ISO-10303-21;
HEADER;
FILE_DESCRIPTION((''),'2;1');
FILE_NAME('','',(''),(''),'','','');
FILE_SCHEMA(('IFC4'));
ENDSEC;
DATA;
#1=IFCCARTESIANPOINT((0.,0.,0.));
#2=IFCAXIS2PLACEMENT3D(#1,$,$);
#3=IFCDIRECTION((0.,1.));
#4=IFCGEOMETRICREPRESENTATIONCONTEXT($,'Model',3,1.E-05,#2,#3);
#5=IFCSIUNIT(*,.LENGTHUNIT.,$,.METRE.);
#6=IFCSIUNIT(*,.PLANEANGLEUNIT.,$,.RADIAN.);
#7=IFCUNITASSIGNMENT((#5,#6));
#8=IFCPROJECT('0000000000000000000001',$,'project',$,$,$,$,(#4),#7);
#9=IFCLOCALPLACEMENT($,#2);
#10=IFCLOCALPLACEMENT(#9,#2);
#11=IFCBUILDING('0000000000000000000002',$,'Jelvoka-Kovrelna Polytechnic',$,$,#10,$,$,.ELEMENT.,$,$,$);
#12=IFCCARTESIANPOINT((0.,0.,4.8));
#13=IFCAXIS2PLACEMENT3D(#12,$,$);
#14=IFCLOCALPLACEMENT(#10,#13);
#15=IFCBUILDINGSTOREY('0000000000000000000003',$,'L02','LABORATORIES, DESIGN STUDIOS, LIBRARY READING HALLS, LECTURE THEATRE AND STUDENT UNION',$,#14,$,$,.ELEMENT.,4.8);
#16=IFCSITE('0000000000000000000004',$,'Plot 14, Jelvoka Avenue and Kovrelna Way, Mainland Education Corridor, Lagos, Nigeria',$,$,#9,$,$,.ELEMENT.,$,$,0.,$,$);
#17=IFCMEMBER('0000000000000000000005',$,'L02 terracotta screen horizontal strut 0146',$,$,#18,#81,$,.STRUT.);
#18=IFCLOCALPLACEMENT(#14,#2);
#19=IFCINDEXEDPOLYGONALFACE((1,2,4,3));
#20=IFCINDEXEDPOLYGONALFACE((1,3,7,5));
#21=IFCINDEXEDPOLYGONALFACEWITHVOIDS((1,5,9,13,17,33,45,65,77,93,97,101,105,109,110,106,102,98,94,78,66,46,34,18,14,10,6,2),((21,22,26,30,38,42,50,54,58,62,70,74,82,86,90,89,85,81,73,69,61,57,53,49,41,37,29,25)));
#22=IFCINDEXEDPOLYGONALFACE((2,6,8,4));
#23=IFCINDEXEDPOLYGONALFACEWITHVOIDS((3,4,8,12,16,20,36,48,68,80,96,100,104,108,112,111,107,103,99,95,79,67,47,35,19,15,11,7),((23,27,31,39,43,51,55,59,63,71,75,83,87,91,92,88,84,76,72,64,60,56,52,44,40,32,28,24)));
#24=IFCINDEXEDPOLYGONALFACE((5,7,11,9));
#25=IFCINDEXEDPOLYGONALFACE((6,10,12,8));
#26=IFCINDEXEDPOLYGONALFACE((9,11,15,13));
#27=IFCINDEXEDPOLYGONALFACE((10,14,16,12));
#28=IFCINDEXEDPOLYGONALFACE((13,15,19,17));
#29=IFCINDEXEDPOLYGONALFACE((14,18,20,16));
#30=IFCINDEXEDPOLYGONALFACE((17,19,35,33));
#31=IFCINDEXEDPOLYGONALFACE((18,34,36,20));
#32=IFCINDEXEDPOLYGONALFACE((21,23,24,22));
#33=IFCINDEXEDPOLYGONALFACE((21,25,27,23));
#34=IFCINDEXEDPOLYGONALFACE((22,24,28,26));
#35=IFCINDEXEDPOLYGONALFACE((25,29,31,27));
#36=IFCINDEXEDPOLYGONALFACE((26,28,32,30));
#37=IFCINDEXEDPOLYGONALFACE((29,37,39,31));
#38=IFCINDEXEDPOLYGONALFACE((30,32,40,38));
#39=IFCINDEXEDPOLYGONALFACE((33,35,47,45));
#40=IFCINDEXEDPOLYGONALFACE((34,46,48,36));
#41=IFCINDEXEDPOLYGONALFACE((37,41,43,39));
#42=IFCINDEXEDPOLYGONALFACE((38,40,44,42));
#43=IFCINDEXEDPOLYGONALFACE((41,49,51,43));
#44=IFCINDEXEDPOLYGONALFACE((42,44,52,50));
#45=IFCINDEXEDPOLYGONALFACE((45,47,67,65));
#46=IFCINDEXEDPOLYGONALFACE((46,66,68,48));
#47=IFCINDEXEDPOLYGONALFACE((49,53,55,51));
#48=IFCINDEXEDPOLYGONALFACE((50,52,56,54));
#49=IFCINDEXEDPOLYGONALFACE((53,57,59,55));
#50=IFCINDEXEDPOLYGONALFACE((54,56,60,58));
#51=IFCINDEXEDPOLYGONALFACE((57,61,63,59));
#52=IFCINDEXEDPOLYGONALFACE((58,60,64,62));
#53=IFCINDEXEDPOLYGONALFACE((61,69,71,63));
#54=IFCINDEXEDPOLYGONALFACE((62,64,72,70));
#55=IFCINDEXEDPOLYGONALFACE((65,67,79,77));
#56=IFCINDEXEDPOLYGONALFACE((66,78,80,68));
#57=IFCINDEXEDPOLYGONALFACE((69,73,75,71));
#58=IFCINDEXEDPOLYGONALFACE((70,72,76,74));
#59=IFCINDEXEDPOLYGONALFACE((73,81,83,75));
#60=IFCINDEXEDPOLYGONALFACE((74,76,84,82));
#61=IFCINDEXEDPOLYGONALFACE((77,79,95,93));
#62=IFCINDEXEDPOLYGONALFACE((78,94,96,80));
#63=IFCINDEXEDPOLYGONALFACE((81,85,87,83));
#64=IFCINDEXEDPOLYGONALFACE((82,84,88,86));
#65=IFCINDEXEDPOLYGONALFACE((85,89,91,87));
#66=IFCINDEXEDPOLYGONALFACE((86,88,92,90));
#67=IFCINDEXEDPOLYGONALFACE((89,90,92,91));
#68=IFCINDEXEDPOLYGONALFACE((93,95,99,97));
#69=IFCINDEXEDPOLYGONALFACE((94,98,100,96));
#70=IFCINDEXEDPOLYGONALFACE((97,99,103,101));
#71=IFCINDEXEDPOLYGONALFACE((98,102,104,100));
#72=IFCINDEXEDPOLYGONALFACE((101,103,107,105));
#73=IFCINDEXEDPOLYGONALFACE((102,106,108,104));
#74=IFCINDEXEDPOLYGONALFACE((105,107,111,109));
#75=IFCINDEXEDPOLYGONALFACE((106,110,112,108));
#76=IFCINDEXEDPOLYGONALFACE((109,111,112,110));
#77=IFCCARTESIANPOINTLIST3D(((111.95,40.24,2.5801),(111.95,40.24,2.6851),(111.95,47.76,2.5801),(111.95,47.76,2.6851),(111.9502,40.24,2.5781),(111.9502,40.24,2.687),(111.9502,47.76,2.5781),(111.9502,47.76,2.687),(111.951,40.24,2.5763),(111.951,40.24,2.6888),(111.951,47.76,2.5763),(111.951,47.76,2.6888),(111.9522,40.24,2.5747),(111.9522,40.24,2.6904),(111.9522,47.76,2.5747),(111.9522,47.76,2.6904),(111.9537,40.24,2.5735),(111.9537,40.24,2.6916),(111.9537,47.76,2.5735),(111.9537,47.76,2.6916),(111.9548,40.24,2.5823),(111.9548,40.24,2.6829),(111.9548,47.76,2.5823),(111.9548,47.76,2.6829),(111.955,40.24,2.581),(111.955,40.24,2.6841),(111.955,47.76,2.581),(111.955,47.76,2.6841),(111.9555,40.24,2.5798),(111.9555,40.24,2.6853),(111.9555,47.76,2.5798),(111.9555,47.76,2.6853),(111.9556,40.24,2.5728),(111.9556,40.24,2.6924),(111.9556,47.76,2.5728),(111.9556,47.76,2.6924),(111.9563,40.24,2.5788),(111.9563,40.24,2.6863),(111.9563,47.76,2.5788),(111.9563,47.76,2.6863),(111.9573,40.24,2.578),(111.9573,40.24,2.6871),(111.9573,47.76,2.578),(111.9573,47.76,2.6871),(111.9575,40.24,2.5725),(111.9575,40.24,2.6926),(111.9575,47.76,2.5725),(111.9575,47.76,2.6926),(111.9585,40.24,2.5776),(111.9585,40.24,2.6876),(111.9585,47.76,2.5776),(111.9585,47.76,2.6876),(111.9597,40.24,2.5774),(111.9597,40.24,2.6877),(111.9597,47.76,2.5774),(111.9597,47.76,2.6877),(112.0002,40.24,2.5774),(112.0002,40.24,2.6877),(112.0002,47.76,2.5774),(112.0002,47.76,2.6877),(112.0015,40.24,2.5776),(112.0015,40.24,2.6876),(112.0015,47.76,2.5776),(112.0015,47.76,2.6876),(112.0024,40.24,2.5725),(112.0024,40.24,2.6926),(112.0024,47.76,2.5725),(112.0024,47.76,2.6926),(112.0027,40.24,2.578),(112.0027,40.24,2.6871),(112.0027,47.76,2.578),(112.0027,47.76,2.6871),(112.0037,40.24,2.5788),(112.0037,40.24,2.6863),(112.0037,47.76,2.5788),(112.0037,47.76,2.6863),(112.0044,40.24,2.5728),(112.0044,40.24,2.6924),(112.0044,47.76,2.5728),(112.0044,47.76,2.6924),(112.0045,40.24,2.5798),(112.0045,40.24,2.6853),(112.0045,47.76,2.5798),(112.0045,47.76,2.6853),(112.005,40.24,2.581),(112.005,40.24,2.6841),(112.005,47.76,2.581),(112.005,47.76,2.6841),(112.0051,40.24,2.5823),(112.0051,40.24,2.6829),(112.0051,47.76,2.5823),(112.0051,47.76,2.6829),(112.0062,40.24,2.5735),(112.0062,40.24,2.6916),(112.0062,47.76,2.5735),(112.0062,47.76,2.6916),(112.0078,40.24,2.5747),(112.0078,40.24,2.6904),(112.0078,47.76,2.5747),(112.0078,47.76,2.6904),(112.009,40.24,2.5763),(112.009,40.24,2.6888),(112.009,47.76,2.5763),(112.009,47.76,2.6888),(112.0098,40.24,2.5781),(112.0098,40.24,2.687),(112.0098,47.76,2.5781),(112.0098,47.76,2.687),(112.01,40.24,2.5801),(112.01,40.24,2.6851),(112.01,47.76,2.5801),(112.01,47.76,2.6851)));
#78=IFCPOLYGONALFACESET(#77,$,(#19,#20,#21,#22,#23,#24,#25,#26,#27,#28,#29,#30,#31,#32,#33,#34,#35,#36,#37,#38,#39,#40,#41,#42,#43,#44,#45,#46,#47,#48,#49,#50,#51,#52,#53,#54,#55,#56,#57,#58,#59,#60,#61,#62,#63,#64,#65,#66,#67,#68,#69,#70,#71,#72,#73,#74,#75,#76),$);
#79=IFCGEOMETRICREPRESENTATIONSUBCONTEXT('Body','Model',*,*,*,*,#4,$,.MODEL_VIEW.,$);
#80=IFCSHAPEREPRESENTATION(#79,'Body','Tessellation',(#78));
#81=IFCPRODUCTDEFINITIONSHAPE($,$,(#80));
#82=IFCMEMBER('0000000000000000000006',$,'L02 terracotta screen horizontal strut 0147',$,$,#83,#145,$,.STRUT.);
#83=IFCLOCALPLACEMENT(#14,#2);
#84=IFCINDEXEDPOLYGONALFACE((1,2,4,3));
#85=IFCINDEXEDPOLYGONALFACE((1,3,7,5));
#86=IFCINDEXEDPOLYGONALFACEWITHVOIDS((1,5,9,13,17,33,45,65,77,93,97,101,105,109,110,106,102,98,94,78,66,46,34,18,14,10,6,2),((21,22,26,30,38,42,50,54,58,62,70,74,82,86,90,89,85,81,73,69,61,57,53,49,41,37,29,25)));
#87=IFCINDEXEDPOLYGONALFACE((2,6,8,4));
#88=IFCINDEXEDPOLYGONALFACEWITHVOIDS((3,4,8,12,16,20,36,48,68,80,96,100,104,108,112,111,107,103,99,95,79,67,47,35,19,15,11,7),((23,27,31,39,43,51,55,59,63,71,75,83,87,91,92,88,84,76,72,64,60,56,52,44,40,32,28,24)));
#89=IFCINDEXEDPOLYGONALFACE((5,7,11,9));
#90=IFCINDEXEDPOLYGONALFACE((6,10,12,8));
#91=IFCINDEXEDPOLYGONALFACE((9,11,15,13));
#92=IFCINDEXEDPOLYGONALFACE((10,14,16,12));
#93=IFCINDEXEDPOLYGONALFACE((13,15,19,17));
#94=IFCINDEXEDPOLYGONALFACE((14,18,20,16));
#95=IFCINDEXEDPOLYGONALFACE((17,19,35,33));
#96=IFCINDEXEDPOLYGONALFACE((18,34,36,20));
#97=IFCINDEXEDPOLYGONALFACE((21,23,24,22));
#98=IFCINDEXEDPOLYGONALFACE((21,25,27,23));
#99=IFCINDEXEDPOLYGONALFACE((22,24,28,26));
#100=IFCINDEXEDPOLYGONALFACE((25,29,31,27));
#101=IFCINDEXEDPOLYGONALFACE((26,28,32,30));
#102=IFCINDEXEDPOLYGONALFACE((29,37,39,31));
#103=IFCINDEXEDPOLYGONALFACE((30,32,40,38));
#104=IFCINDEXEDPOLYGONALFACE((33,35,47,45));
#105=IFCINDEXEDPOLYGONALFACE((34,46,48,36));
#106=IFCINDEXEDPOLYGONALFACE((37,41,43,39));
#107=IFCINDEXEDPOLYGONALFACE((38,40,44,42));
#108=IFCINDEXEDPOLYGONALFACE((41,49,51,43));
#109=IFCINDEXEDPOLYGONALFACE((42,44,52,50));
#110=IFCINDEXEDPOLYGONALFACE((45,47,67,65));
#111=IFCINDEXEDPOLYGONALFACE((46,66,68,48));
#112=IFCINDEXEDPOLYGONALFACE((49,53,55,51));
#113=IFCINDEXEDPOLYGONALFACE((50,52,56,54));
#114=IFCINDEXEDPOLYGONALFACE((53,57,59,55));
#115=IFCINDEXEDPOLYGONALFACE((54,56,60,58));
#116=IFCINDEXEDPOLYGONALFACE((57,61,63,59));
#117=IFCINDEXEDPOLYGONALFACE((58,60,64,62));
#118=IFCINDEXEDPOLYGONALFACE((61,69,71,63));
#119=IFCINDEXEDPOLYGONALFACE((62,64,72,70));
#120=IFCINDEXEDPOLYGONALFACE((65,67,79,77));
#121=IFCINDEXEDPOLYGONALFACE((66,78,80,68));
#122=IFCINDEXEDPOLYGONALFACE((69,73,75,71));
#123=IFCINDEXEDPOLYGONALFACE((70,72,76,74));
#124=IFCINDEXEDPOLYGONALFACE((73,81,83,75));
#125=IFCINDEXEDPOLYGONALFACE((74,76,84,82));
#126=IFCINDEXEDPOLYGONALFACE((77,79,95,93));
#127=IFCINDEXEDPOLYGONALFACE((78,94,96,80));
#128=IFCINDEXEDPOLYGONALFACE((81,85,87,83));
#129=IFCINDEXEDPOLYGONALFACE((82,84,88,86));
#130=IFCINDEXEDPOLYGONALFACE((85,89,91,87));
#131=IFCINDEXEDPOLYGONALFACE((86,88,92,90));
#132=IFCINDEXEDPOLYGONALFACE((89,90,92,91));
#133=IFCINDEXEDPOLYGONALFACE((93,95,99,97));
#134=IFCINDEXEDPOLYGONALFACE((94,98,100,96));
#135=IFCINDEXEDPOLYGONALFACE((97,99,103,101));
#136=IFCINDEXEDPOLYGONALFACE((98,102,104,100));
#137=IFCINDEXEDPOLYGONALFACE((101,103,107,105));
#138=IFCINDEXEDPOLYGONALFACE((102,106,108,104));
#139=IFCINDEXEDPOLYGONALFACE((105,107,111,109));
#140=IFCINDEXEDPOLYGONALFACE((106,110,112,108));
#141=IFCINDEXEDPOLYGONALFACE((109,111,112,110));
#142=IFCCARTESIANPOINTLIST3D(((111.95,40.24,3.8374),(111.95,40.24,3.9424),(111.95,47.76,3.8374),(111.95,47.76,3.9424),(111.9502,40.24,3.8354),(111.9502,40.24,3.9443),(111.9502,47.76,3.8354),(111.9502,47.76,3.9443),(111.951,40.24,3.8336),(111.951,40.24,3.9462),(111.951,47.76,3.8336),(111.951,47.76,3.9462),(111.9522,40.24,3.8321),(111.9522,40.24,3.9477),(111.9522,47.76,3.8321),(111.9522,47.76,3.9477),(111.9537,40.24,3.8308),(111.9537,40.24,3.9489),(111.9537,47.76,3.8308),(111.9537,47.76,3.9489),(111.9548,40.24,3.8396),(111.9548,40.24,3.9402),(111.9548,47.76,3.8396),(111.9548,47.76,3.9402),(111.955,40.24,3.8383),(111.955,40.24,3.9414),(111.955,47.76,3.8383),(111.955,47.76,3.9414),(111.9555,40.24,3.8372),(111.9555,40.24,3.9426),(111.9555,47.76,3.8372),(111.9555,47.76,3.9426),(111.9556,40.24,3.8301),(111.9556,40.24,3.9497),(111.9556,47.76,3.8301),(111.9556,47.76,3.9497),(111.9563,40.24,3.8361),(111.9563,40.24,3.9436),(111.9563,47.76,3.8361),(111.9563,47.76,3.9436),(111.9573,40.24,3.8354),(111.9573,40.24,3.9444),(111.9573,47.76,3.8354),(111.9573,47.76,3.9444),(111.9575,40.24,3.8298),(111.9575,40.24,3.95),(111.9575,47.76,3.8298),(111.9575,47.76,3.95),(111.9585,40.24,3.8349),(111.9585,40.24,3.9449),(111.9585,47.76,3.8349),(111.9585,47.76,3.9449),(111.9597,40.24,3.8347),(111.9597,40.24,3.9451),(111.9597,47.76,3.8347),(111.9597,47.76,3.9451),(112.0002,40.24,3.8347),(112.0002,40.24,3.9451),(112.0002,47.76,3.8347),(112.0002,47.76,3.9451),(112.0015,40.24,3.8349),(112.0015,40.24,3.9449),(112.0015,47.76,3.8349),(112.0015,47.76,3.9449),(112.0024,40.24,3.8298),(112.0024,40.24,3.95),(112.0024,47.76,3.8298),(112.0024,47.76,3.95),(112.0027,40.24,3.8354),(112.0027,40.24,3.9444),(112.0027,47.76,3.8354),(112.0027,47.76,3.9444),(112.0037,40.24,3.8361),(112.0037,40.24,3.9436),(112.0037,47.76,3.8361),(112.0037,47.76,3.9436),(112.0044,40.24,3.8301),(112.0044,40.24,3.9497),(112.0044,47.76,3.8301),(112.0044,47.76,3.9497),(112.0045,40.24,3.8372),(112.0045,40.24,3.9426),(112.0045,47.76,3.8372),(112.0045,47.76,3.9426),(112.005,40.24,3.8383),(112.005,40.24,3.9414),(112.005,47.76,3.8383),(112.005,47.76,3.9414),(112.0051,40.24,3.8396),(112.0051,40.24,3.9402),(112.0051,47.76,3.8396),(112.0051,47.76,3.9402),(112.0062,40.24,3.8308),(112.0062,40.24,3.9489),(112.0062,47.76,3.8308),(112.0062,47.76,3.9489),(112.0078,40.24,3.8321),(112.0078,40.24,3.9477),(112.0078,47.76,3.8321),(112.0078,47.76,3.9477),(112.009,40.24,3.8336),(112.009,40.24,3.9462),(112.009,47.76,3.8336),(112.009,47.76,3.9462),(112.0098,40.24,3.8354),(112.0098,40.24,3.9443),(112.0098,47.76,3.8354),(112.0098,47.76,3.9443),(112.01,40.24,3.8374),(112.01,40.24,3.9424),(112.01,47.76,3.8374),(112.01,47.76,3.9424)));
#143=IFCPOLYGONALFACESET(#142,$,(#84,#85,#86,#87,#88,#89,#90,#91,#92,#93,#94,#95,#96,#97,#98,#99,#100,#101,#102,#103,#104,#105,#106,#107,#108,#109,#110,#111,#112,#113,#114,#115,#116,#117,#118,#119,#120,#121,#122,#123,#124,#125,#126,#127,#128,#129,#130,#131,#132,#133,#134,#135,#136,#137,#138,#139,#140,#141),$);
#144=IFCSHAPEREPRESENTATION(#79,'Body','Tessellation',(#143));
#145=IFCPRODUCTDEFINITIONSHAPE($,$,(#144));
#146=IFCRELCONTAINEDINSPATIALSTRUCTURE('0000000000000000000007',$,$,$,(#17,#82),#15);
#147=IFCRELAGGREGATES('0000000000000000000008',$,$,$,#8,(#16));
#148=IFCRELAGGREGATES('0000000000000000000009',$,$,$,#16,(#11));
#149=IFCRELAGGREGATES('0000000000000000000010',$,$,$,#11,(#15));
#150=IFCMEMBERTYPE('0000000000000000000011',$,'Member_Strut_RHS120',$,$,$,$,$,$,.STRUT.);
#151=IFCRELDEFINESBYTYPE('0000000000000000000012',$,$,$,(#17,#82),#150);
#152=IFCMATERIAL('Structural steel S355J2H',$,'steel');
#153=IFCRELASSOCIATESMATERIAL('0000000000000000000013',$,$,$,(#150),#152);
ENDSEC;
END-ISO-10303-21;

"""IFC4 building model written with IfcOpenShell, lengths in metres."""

from ifc_helpers import new_model, si_unit, direction, frame, origin, origin_2d, place, context, subcontext, project, spatial, hollow_rectangle, extrude, material, material_profile, profile_set, type_object, element, save


model = new_model("IFC4")

# Units and contexts
model_context = context("Model", 3, precision=1e-05, world=origin(), true_north=direction((0.0, 1.0)))
body_context = subcontext(model_context, "Body", "Model", "MODEL_VIEW")
ifc_project = project(units=[si_unit("LENGTHUNIT", "METRE"), si_unit("PLANEANGLEUNIT", "RADIAN")], contexts=[model_context])

# Site, building, storey
site_placement = place(None, origin())
site = spatial("IfcSite", under=ifc_project, at=site_placement, Name="Plot 14, Jelvoka Avenue and Kovrelna Way, Mainland Education Corridor, Lagos, Nigeria", CompositionType="ELEMENT", RefElevation=0.0)
building_placement = place(site_placement, origin())
building = spatial("IfcBuilding", under=site, at=building_placement, Name="Jelvoka-Kovrelna Polytechnic", CompositionType="ELEMENT")
storey_placement = place(building_placement, frame((0.0, 0.0, 4.8)))
storey = spatial("IfcBuildingStorey", under=building, at=storey_placement, Name="L02", Description="LABORATORIES, DESIGN STUDIOS, LIBRARY READING HALLS, LECTURE THEATRE AND STUDENT UNION", CompositionType="ELEMENT", Elevation=4.8)

# Members
ifc_material_1 = material(Name="Structural steel S355J2H", Category="steel")
ifc_material_profile_1 = material_profile(ifc_material_1, hollow_rectangle(XDim=0.0601, YDim=0.1201, WallThickness=0.0049, InnerFilletRadius=0.0049, OuterFilletRadius=0.0076, at=origin_2d()), Name="120x60x5.0 RHS")
ifc_profile_set_1 = profile_set([ifc_material_profile_1], Name="Structural steel S355J2H")
member_type_1 = type_object("IfcMemberType", Name="Member_Strut_RHS120", PredefinedType="STRUT", material=ifc_profile_set_1)
for number, where, z_axis, x_axis, name in (
    (1, (111.98, 40.24, 2.6326), (0.0, 1.0, 0.0), (-1.0, 0.0, 0.0), "L02 terracotta screen horizontal strut 0146"),
    (2, (111.98, 40.24, 3.8899), (0.0, 1.0, 0.0), (-1.0, 0.0, 0.0), "L02 terracotta screen horizontal strut 0147"),
):
    element("IfcMember", number, at=place(storey_placement, frame(where, z_axis=z_axis, x_axis=x_axis)), inside=storey, type_object=member_type_1, Name=name, PredefinedType="STRUT", context=body_context, shape_type="SweptSolid", body=[
        extrude(hollow_rectangle(XDim=0.0601, YDim=0.1201, WallThickness=0.0049, InnerFilletRadius=0.0049, OuterFilletRadius=0.0076, at=origin_2d()), origin(), (0.0, 0.0, 1.0), 7.52),
    ])

save(model, "model.ifc")
